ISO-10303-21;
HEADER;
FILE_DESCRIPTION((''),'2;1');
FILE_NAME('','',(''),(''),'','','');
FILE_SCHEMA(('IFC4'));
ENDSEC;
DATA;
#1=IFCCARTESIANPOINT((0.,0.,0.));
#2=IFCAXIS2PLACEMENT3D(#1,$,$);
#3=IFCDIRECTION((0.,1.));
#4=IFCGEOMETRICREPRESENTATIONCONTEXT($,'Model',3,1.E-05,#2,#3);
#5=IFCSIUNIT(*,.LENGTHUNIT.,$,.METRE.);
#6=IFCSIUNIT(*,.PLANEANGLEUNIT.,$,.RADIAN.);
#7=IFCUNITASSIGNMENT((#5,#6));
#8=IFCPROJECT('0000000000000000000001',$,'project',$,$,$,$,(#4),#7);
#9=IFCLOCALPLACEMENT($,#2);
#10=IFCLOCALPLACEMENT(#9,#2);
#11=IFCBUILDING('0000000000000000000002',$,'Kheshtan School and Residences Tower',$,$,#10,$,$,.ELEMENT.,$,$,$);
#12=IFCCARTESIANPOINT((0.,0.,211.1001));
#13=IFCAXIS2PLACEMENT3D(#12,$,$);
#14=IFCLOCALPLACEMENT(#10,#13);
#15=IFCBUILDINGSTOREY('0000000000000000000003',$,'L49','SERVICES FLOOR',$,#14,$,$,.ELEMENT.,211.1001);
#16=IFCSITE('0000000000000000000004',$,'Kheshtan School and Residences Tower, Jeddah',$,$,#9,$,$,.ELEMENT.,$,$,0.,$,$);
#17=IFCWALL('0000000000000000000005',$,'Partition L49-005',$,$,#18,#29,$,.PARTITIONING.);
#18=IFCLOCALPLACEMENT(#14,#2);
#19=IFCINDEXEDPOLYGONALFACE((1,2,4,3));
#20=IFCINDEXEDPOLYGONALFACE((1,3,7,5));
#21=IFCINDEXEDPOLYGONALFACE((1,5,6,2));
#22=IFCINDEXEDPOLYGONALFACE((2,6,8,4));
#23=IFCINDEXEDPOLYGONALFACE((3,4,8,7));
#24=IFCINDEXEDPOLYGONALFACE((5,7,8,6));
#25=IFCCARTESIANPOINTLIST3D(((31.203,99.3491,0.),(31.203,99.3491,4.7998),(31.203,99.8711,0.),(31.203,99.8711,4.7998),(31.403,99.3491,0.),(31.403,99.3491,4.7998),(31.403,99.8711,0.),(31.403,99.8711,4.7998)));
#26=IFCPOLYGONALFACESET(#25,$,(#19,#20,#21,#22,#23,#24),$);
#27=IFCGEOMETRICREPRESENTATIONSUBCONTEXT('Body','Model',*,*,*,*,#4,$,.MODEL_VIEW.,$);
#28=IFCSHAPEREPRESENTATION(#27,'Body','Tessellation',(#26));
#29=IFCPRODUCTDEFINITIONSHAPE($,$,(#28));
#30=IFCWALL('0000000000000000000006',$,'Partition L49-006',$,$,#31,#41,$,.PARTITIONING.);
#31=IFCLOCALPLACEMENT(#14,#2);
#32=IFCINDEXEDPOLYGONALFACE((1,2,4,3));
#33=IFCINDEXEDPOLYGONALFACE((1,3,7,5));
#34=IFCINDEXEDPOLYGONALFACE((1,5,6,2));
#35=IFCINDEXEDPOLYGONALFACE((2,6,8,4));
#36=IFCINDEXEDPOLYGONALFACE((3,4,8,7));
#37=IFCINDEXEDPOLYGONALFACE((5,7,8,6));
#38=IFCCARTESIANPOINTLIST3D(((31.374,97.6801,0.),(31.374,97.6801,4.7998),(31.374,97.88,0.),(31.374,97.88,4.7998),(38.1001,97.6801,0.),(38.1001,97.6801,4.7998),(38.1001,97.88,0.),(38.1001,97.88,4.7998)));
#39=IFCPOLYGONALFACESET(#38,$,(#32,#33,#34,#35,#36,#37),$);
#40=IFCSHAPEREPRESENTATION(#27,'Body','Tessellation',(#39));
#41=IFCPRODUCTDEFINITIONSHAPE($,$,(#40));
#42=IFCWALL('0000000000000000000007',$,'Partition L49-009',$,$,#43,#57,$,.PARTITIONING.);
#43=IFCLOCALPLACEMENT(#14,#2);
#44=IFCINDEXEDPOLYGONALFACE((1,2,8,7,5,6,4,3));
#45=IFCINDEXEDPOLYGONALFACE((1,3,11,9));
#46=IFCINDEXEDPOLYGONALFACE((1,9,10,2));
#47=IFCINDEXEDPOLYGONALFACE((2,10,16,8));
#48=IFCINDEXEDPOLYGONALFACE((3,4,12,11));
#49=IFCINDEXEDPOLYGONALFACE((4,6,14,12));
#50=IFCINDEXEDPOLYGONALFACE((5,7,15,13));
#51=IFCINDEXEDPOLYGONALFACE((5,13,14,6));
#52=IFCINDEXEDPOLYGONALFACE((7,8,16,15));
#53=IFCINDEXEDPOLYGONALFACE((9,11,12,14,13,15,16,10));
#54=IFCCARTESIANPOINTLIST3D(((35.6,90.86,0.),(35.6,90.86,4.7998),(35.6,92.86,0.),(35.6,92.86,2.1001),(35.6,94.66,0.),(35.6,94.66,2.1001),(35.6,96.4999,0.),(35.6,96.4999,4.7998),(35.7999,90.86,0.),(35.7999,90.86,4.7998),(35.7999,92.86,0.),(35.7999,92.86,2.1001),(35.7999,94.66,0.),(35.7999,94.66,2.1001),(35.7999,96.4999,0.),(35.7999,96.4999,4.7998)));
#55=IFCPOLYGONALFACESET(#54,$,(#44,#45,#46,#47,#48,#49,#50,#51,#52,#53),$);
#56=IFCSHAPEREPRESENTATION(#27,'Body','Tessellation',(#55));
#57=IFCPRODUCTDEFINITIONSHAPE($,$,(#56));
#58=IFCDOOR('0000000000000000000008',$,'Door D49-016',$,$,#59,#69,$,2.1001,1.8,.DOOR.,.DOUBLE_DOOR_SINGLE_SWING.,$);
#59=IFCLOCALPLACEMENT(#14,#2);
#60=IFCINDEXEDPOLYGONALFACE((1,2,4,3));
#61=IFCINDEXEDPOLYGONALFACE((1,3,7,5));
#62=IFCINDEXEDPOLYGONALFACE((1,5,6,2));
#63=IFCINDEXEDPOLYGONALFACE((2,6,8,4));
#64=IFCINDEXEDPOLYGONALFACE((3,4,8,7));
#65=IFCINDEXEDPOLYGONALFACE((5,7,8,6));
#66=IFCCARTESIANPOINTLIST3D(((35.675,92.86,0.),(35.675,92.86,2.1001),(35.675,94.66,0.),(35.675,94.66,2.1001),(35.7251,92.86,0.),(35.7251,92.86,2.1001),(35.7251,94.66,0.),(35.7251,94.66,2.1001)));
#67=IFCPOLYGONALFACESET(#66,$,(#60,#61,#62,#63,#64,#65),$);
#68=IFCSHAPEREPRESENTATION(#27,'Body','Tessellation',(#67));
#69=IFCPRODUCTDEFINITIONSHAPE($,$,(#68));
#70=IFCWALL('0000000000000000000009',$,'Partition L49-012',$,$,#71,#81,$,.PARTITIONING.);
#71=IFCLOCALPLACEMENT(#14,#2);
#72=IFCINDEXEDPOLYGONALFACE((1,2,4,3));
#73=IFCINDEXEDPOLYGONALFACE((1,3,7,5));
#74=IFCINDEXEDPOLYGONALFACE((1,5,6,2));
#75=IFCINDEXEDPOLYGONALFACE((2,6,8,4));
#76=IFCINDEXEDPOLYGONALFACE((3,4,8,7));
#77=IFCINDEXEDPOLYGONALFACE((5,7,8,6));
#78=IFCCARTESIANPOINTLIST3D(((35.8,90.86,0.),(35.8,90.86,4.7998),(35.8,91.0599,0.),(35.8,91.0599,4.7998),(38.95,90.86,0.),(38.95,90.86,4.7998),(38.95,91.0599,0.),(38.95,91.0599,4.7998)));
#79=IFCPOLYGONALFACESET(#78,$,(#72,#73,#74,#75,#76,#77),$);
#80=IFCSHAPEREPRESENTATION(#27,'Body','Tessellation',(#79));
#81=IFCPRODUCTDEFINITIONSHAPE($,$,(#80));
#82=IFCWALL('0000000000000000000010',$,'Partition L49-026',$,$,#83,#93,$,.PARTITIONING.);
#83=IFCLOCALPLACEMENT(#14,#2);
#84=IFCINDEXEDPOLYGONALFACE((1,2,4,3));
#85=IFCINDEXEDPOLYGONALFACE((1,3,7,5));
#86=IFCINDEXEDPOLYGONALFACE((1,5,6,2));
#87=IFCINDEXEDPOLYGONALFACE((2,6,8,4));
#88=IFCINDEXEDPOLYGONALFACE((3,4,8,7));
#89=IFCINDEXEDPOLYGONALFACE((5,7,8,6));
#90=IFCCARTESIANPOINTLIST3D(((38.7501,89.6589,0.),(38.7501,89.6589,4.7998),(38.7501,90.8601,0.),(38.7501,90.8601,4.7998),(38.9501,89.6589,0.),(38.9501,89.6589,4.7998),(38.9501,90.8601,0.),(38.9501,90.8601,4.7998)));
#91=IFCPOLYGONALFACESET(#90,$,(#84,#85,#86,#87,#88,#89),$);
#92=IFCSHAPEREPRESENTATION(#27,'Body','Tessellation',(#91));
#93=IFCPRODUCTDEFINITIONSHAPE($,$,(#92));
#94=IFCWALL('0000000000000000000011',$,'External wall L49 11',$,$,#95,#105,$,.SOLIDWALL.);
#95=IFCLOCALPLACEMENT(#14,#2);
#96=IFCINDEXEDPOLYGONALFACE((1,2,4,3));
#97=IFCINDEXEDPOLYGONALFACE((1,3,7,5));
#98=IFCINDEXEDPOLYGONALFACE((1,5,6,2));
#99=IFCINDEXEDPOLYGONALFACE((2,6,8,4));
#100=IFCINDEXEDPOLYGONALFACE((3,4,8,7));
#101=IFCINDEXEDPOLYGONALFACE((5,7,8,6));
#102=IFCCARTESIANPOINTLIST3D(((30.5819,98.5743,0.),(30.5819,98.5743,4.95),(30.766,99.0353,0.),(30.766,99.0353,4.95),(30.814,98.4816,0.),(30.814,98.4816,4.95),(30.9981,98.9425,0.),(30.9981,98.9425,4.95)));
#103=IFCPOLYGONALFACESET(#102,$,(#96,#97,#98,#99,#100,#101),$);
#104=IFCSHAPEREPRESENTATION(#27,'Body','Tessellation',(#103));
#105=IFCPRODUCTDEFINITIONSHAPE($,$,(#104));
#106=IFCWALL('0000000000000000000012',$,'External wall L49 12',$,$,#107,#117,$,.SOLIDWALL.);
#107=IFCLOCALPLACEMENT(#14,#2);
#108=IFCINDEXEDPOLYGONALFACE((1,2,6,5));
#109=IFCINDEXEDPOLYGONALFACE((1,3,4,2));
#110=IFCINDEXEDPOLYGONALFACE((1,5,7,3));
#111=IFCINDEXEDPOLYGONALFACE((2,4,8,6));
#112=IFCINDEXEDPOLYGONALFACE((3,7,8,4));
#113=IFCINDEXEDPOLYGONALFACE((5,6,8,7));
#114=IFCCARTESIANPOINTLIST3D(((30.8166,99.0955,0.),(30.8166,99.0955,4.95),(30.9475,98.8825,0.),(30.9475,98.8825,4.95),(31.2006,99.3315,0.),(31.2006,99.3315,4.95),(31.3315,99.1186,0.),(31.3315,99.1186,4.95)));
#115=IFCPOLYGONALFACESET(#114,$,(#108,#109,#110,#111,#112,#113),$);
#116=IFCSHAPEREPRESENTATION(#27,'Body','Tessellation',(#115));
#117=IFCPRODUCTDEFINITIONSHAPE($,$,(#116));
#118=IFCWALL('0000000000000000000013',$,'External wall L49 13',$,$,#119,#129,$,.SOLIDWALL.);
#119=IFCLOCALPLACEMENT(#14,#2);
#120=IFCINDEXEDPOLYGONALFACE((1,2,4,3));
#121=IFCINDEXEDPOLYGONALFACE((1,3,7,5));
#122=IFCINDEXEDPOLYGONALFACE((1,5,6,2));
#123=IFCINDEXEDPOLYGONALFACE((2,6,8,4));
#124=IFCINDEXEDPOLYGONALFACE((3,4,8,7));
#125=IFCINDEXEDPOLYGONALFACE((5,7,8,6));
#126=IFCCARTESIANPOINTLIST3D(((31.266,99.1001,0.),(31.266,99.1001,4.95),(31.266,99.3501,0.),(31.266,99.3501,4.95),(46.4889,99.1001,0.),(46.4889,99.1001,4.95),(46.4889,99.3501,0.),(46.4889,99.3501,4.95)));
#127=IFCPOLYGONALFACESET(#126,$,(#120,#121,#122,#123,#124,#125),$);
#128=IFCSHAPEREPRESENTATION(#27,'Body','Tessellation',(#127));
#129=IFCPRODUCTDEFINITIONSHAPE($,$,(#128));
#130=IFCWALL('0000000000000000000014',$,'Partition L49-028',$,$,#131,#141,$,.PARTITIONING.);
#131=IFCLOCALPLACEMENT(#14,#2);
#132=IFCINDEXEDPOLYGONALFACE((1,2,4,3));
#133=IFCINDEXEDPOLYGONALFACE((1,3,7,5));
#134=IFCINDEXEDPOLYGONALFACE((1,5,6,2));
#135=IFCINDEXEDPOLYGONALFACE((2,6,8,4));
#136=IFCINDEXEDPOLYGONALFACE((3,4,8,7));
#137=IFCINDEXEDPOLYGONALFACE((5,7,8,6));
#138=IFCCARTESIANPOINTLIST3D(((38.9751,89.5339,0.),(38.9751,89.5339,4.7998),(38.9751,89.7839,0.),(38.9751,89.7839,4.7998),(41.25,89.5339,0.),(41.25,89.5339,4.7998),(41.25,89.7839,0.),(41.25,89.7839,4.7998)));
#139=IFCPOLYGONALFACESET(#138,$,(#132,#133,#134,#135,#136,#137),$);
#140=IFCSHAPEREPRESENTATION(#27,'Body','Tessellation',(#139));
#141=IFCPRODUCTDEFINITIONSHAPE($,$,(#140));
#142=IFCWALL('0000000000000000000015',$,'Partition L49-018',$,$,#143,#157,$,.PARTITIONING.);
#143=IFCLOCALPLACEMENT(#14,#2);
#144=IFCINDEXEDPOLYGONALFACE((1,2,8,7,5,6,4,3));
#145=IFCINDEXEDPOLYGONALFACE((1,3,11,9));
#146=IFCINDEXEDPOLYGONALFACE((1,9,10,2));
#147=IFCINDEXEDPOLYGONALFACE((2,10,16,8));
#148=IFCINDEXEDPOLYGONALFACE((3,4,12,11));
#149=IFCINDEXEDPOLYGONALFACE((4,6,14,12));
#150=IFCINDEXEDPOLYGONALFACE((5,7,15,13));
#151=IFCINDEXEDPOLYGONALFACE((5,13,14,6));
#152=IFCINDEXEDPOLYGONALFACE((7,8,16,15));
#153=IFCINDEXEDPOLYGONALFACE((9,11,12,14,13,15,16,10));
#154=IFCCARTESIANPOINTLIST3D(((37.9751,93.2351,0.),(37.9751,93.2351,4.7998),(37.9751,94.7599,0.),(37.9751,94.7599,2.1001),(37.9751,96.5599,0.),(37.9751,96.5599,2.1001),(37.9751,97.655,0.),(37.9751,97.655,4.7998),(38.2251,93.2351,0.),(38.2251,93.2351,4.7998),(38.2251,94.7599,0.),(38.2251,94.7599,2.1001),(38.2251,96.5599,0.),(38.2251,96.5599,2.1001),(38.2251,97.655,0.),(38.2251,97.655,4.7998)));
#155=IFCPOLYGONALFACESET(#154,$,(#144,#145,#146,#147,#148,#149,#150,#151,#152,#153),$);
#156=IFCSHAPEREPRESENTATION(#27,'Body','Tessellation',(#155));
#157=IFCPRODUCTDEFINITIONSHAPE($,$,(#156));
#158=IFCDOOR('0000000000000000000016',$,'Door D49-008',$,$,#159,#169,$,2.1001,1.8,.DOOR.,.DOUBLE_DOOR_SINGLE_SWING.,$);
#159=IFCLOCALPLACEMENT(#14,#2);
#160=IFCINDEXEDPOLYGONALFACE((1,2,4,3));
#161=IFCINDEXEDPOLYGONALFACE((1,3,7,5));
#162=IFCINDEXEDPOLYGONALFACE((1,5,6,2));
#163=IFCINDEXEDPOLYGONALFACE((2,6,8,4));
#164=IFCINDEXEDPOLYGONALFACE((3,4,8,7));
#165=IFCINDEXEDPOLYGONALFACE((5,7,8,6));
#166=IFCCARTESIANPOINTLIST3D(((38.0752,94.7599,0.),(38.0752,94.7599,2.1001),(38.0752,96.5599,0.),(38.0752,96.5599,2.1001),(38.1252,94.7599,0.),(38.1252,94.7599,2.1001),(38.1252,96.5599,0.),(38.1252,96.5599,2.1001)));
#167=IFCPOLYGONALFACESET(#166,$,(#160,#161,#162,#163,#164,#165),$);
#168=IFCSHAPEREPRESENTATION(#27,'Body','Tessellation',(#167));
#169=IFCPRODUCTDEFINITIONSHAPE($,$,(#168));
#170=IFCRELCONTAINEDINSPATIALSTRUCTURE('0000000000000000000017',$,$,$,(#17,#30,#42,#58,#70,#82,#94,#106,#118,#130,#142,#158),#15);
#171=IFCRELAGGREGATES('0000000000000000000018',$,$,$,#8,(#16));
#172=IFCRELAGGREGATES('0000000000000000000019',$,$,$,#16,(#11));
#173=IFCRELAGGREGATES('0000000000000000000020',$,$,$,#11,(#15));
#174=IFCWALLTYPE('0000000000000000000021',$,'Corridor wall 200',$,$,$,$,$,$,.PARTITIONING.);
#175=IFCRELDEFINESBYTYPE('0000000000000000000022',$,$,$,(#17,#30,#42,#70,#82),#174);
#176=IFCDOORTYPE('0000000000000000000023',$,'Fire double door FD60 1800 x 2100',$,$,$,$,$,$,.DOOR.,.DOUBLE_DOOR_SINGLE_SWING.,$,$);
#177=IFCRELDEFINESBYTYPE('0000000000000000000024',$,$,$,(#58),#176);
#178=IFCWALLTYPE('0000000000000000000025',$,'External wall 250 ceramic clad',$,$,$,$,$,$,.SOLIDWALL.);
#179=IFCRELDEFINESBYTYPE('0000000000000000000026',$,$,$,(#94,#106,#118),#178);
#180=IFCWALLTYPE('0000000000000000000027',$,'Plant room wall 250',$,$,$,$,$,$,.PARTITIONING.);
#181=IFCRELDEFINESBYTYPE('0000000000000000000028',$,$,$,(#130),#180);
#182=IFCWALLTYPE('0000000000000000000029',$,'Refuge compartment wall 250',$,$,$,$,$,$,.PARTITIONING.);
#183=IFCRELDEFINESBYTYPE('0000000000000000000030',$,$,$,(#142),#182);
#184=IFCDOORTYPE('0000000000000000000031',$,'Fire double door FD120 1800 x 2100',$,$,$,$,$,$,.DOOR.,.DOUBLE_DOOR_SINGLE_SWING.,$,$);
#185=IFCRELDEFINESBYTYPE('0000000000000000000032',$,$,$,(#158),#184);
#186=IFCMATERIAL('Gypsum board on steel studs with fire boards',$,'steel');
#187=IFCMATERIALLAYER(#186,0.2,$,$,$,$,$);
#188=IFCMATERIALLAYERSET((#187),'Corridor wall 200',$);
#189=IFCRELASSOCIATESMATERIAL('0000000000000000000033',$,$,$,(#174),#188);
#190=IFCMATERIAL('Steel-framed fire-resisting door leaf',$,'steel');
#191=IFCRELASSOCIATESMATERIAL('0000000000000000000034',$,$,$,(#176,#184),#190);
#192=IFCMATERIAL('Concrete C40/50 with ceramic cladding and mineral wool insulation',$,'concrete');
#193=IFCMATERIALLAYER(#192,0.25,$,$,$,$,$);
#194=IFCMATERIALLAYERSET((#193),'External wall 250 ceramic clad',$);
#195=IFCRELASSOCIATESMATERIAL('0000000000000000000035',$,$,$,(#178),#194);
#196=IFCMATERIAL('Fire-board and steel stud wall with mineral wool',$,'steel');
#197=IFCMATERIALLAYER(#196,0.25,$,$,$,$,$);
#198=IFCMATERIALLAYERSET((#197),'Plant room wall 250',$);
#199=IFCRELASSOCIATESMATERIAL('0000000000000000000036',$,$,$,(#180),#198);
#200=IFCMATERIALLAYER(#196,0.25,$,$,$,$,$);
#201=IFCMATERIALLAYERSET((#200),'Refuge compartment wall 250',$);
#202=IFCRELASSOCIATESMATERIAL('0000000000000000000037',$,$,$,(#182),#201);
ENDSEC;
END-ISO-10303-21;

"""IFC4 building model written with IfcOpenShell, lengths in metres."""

from ifc_helpers import new_model, si_unit, direction, frame, frame_2d, origin, place, context, subcontext, project, spatial, rectangle, extrude, source, transform, mapped, material, layer, layer_set, type_object, element, fill, save


model = new_model("IFC4")

# Units and contexts
model_context = context("Model", 3, precision=1e-05, world=origin(), true_north=direction((0.0, 1.0)))
body_context = subcontext(model_context, "Body", "Model", "MODEL_VIEW")
ifc_project = project(units=[si_unit("LENGTHUNIT", "METRE"), si_unit("PLANEANGLEUNIT", "RADIAN")], contexts=[model_context])

# Site, building, storey
site_placement = place(None, origin())
site = spatial("IfcSite", under=ifc_project, at=site_placement, Name="Kheshtan School and Residences Tower, Jeddah", CompositionType="ELEMENT", RefElevation=0.0)
building_placement = place(site_placement, origin())
building = spatial("IfcBuilding", under=site, at=building_placement, Name="Kheshtan School and Residences Tower", CompositionType="ELEMENT")
storey_placement = place(building_placement, frame((0.0, 0.0, 211.1001)))
storey = spatial("IfcBuildingStorey", under=building, at=storey_placement, Name="L49", Description="SERVICES FLOOR", CompositionType="ELEMENT", Elevation=211.1001)

# Walls
ifc_material_1 = material(Name="Gypsum board on steel studs with fire boards", Category="steel")
ifc_layer_1 = layer(ifc_material_1, 0.2)
ifc_layer_set_1 = layer_set([ifc_layer_1], Name="Corridor wall 200")
wall_type_1 = type_object("IfcWallType", Name="Corridor wall 200", PredefinedType="PARTITIONING", material=ifc_layer_set_1)
wall_1_placement = place(storey_placement, frame((31.303, 99.3491, 0.0), z_axis=(0.0, 0.0, 1.0), x_axis=(0.0, 1.0, 0.0)))
element("IfcWall", 1, at=wall_1_placement, inside=storey, type_object=wall_type_1, Name="Partition L49-005", PredefinedType="PARTITIONING", context=body_context, shape_type="SweptSolid", body=[
    extrude(rectangle(XDim=0.522, YDim=0.2, at=frame_2d((0.261, 0.0))), origin(), (0.0, 0.0, 1.0), 4.7998),
])
wall_2_placement = place(storey_placement, frame((31.374, 97.78, 0.0), z_axis=(0.0, 0.0, 1.0), x_axis=(1.0, 0.0, 0.0)))
element("IfcWall", 2, at=wall_2_placement, inside=storey, type_object=wall_type_1, Name="Partition L49-006", PredefinedType="PARTITIONING", context=body_context, shape_type="SweptSolid", body=[
    extrude(rectangle(XDim=6.7261, YDim=0.2, at=frame_2d((3.363, 0.0))), origin(), (0.0, 0.0, 1.0), 4.7998),
])

# Wall, opening, door
wall_3_placement = place(storey_placement, frame((35.7, 90.8601, 0.0), z_axis=(0.0, 0.0, 1.0), x_axis=(0.0, 1.0, 0.0)))
wall_3 = element("IfcWall", 3, at=wall_3_placement, inside=storey, type_object=wall_type_1, Name="Partition L49-009", PredefinedType="PARTITIONING", context=body_context, shape_type="SweptSolid", body=[
    extrude(rectangle(XDim=5.6399, YDim=0.2, at=frame_2d((2.8198, 0.0))), origin(), (0.0, 0.0, 1.0), 4.7998),
])
opening_1_placement = place(wall_3_placement, frame((2.0, 0.0, 0.0)))
opening_1 = element("IfcOpeningElement", 4, at=opening_1_placement, cuts=wall_3, PredefinedType="OPENING", context=body_context, shape_type="SweptSolid", body=[
    extrude(rectangle(XDim=1.8, YDim=2.1001, at=frame_2d((0.8999, 1.05))), frame((0.0, 0.1099, 0.0), z_axis=(0.0, -1.0, 0.0), x_axis=(1.0, 0.0, 0.0)), (0.0, 0.0, 1.0), 0.22),
])
ifc_material_2 = material(Name="Steel-framed fire-resisting door leaf", Category="steel")
door_type_1 = type_object("IfcDoorType", Name="Fire double door FD60 1800 x 2100", OperationType="DOUBLE_DOOR_SINGLE_SWING", PredefinedType="DOOR", material=ifc_material_2)
shared_shape_1 = source(origin(), body_context, "Body", "SweptSolid", [
    extrude(rectangle(XDim=1.8, YDim=2.1001, at=frame_2d((0.8999, 1.05))), frame((0.0, 0.0249, 0.0), z_axis=(0.0, -1.0, 0.0), x_axis=(1.0, 0.0, 0.0)), (0.0, 0.0, 1.0), 0.05),
])
door_1_placement = place(opening_1_placement, origin())
door_1 = element("IfcDoor", 5, at=door_1_placement, inside=storey, type_object=door_type_1, Name="Door D49-016", OperationType="DOUBLE_DOOR_SINGLE_SWING", OverallHeight=2.1001, OverallWidth=1.8, PredefinedType="DOOR", context=body_context, shape_type="MappedRepresentation", body=[
    mapped(shared_shape_1, transform((0.0, 0.0, 0.0), x_axis=(1.0, 0.0, 0.0), y_axis=(0.0, 1.0, 0.0), z_axis=(0.0, 0.0, 1.0), scale=1.0)),
])
fill(opening_1, door_1)

# Walls
wall_4_placement = place(storey_placement, frame((35.8, 90.96, 0.0), z_axis=(0.0, 0.0, 1.0), x_axis=(1.0, 0.0, 0.0)))
element("IfcWall", 6, at=wall_4_placement, inside=storey, type_object=wall_type_1, Name="Partition L49-012", PredefinedType="PARTITIONING", context=body_context, shape_type="SweptSolid", body=[
    extrude(rectangle(XDim=3.1499, YDim=0.2, at=frame_2d((1.575, 0.0))), origin(), (0.0, 0.0, 1.0), 4.7998),
])
wall_5_placement = place(storey_placement, frame((38.8501, 89.6589, 0.0), z_axis=(0.0, 0.0, 1.0), x_axis=(0.0, 1.0, 0.0)))
element("IfcWall", 7, at=wall_5_placement, inside=storey, type_object=wall_type_1, Name="Partition L49-026", PredefinedType="PARTITIONING", context=body_context, shape_type="SweptSolid", body=[
    extrude(rectangle(XDim=1.2012, YDim=0.2, at=frame_2d((0.6006, 0.0))), origin(), (0.0, 0.0, 1.0), 4.7998),
])
ifc_material_3 = material(Name="Concrete C40/50 with ceramic cladding and mineral wool insulation", Category="concrete")
ifc_layer_2 = layer(ifc_material_3, 0.25)
ifc_layer_set_2 = layer_set([ifc_layer_2], Name="External wall 250 ceramic clad")
wall_type_2 = type_object("IfcWallType", Name="External wall 250 ceramic clad", PredefinedType="SOLIDWALL", material=ifc_layer_set_2)
wall_6_placement = place(storey_placement, frame((30.698, 98.5281, 0.0), z_axis=(0.0, 0.0, 1.0), x_axis=(0.370882, 0.92868, 0.0)))
element("IfcWall", 8, at=wall_6_placement, inside=storey, type_object=wall_type_2, Name="External wall L49 11", PredefinedType="SOLIDWALL", context=body_context, shape_type="SweptSolid", body=[
    extrude(rectangle(XDim=0.4963, YDim=0.25, at=frame_2d((0.248, 0.0))), origin(), (0.0, 0.0, 1.0), 4.95),
])
wall_7_placement = place(storey_placement, frame((30.8821, 98.989, 0.0), z_axis=(0.0, 0.0, 1.0), x_axis=(0.8519, 0.523705, 0.0)))
element("IfcWall", 9, at=wall_7_placement, inside=storey, type_object=wall_type_2, Name="External wall L49 12", PredefinedType="SOLIDWALL", context=body_context, shape_type="SweptSolid", body=[
    extrude(rectangle(XDim=0.4507, YDim=0.25, at=frame_2d((0.2253, 0.0))), origin(), (0.0, 0.0, 1.0), 4.95),
])
wall_8_placement = place(storey_placement, frame((31.2661, 99.2251, 0.0), z_axis=(0.0, 0.0, 1.0), x_axis=(1.0, 0.0, 0.0)))
element("IfcWall", 10, at=wall_8_placement, inside=storey, type_object=wall_type_2, Name="External wall L49 13", PredefinedType="SOLIDWALL", context=body_context, shape_type="SweptSolid", body=[
    extrude(rectangle(XDim=15.2229, YDim=0.25, at=frame_2d((7.6113, 0.0))), origin(), (0.0, 0.0, 1.0), 4.95),
])
ifc_material_4 = material(Name="Fire-board and steel stud wall with mineral wool", Category="steel")
ifc_layer_3 = layer(ifc_material_4, 0.25)
ifc_layer_set_3 = layer_set([ifc_layer_3], Name="Plant room wall 250")
wall_type_3 = type_object("IfcWallType", Name="Plant room wall 250", PredefinedType="PARTITIONING", material=ifc_layer_set_3)
wall_9_placement = place(storey_placement, frame((38.9751, 89.6589, 0.0), z_axis=(0.0, 0.0, 1.0), x_axis=(1.0, 0.0, 0.0)))
element("IfcWall", 11, at=wall_9_placement, inside=storey, type_object=wall_type_3, Name="Partition L49-028", PredefinedType="PARTITIONING", context=body_context, shape_type="SweptSolid", body=[
    extrude(rectangle(XDim=2.2749, YDim=0.25, at=frame_2d((1.1375, 0.0))), origin(), (0.0, 0.0, 1.0), 4.7998),
])

# Wall, opening, door
ifc_layer_4 = layer(ifc_material_4, 0.25)
ifc_layer_set_4 = layer_set([ifc_layer_4], Name="Refuge compartment wall 250")
wall_type_4 = type_object("IfcWallType", Name="Refuge compartment wall 250", PredefinedType="PARTITIONING", material=ifc_layer_set_4)
wall_10_placement = place(storey_placement, frame((38.1001, 93.2351, 0.0), z_axis=(0.0, 0.0, 1.0), x_axis=(0.0, 1.0, 0.0)))
wall_10 = element("IfcWall", 12, at=wall_10_placement, inside=storey, type_object=wall_type_4, Name="Partition L49-018", PredefinedType="PARTITIONING", context=body_context, shape_type="SweptSolid", body=[
    extrude(rectangle(XDim=4.4199, YDim=0.25, at=frame_2d((2.21, 0.0))), origin(), (0.0, 0.0, 1.0), 4.7998),
])
opening_2_placement = place(wall_10_placement, frame((1.5249, 0.0, 0.0)))
opening_2 = element("IfcOpeningElement", 13, at=opening_2_placement, cuts=wall_10, PredefinedType="OPENING", context=body_context, shape_type="SweptSolid", body=[
    extrude(rectangle(XDim=1.8, YDim=2.1001, at=frame_2d((0.8999, 1.05))), frame((0.0, 0.135, 0.0), z_axis=(0.0, -1.0, 0.0), x_axis=(1.0, 0.0, 0.0)), (0.0, 0.0, 1.0), 0.27),
])
door_type_2 = type_object("IfcDoorType", Name="Fire double door FD120 1800 x 2100", OperationType="DOUBLE_DOOR_SINGLE_SWING", PredefinedType="DOOR", material=ifc_material_2)
shared_shape_2 = source(origin(), body_context, "Body", "SweptSolid", [
    extrude(rectangle(XDim=1.8, YDim=2.1001, at=frame_2d((0.8999, 1.05))), frame((0.0, 0.0249, 0.0), z_axis=(0.0, -1.0, 0.0), x_axis=(1.0, 0.0, 0.0)), (0.0, 0.0, 1.0), 0.05),
])
door_2_placement = place(opening_2_placement, origin())
door_2 = element("IfcDoor", 14, at=door_2_placement, inside=storey, type_object=door_type_2, Name="Door D49-008", OperationType="DOUBLE_DOOR_SINGLE_SWING", OverallHeight=2.1001, OverallWidth=1.8, PredefinedType="DOOR", context=body_context, shape_type="MappedRepresentation", body=[
    mapped(shared_shape_2, transform((0.0, 0.0, 0.0), x_axis=(1.0, 0.0, 0.0), y_axis=(0.0, 1.0, 0.0), z_axis=(0.0, 0.0, 1.0), scale=1.0)),
])
fill(opening_2, door_2)

save(model, "model.ifc")
